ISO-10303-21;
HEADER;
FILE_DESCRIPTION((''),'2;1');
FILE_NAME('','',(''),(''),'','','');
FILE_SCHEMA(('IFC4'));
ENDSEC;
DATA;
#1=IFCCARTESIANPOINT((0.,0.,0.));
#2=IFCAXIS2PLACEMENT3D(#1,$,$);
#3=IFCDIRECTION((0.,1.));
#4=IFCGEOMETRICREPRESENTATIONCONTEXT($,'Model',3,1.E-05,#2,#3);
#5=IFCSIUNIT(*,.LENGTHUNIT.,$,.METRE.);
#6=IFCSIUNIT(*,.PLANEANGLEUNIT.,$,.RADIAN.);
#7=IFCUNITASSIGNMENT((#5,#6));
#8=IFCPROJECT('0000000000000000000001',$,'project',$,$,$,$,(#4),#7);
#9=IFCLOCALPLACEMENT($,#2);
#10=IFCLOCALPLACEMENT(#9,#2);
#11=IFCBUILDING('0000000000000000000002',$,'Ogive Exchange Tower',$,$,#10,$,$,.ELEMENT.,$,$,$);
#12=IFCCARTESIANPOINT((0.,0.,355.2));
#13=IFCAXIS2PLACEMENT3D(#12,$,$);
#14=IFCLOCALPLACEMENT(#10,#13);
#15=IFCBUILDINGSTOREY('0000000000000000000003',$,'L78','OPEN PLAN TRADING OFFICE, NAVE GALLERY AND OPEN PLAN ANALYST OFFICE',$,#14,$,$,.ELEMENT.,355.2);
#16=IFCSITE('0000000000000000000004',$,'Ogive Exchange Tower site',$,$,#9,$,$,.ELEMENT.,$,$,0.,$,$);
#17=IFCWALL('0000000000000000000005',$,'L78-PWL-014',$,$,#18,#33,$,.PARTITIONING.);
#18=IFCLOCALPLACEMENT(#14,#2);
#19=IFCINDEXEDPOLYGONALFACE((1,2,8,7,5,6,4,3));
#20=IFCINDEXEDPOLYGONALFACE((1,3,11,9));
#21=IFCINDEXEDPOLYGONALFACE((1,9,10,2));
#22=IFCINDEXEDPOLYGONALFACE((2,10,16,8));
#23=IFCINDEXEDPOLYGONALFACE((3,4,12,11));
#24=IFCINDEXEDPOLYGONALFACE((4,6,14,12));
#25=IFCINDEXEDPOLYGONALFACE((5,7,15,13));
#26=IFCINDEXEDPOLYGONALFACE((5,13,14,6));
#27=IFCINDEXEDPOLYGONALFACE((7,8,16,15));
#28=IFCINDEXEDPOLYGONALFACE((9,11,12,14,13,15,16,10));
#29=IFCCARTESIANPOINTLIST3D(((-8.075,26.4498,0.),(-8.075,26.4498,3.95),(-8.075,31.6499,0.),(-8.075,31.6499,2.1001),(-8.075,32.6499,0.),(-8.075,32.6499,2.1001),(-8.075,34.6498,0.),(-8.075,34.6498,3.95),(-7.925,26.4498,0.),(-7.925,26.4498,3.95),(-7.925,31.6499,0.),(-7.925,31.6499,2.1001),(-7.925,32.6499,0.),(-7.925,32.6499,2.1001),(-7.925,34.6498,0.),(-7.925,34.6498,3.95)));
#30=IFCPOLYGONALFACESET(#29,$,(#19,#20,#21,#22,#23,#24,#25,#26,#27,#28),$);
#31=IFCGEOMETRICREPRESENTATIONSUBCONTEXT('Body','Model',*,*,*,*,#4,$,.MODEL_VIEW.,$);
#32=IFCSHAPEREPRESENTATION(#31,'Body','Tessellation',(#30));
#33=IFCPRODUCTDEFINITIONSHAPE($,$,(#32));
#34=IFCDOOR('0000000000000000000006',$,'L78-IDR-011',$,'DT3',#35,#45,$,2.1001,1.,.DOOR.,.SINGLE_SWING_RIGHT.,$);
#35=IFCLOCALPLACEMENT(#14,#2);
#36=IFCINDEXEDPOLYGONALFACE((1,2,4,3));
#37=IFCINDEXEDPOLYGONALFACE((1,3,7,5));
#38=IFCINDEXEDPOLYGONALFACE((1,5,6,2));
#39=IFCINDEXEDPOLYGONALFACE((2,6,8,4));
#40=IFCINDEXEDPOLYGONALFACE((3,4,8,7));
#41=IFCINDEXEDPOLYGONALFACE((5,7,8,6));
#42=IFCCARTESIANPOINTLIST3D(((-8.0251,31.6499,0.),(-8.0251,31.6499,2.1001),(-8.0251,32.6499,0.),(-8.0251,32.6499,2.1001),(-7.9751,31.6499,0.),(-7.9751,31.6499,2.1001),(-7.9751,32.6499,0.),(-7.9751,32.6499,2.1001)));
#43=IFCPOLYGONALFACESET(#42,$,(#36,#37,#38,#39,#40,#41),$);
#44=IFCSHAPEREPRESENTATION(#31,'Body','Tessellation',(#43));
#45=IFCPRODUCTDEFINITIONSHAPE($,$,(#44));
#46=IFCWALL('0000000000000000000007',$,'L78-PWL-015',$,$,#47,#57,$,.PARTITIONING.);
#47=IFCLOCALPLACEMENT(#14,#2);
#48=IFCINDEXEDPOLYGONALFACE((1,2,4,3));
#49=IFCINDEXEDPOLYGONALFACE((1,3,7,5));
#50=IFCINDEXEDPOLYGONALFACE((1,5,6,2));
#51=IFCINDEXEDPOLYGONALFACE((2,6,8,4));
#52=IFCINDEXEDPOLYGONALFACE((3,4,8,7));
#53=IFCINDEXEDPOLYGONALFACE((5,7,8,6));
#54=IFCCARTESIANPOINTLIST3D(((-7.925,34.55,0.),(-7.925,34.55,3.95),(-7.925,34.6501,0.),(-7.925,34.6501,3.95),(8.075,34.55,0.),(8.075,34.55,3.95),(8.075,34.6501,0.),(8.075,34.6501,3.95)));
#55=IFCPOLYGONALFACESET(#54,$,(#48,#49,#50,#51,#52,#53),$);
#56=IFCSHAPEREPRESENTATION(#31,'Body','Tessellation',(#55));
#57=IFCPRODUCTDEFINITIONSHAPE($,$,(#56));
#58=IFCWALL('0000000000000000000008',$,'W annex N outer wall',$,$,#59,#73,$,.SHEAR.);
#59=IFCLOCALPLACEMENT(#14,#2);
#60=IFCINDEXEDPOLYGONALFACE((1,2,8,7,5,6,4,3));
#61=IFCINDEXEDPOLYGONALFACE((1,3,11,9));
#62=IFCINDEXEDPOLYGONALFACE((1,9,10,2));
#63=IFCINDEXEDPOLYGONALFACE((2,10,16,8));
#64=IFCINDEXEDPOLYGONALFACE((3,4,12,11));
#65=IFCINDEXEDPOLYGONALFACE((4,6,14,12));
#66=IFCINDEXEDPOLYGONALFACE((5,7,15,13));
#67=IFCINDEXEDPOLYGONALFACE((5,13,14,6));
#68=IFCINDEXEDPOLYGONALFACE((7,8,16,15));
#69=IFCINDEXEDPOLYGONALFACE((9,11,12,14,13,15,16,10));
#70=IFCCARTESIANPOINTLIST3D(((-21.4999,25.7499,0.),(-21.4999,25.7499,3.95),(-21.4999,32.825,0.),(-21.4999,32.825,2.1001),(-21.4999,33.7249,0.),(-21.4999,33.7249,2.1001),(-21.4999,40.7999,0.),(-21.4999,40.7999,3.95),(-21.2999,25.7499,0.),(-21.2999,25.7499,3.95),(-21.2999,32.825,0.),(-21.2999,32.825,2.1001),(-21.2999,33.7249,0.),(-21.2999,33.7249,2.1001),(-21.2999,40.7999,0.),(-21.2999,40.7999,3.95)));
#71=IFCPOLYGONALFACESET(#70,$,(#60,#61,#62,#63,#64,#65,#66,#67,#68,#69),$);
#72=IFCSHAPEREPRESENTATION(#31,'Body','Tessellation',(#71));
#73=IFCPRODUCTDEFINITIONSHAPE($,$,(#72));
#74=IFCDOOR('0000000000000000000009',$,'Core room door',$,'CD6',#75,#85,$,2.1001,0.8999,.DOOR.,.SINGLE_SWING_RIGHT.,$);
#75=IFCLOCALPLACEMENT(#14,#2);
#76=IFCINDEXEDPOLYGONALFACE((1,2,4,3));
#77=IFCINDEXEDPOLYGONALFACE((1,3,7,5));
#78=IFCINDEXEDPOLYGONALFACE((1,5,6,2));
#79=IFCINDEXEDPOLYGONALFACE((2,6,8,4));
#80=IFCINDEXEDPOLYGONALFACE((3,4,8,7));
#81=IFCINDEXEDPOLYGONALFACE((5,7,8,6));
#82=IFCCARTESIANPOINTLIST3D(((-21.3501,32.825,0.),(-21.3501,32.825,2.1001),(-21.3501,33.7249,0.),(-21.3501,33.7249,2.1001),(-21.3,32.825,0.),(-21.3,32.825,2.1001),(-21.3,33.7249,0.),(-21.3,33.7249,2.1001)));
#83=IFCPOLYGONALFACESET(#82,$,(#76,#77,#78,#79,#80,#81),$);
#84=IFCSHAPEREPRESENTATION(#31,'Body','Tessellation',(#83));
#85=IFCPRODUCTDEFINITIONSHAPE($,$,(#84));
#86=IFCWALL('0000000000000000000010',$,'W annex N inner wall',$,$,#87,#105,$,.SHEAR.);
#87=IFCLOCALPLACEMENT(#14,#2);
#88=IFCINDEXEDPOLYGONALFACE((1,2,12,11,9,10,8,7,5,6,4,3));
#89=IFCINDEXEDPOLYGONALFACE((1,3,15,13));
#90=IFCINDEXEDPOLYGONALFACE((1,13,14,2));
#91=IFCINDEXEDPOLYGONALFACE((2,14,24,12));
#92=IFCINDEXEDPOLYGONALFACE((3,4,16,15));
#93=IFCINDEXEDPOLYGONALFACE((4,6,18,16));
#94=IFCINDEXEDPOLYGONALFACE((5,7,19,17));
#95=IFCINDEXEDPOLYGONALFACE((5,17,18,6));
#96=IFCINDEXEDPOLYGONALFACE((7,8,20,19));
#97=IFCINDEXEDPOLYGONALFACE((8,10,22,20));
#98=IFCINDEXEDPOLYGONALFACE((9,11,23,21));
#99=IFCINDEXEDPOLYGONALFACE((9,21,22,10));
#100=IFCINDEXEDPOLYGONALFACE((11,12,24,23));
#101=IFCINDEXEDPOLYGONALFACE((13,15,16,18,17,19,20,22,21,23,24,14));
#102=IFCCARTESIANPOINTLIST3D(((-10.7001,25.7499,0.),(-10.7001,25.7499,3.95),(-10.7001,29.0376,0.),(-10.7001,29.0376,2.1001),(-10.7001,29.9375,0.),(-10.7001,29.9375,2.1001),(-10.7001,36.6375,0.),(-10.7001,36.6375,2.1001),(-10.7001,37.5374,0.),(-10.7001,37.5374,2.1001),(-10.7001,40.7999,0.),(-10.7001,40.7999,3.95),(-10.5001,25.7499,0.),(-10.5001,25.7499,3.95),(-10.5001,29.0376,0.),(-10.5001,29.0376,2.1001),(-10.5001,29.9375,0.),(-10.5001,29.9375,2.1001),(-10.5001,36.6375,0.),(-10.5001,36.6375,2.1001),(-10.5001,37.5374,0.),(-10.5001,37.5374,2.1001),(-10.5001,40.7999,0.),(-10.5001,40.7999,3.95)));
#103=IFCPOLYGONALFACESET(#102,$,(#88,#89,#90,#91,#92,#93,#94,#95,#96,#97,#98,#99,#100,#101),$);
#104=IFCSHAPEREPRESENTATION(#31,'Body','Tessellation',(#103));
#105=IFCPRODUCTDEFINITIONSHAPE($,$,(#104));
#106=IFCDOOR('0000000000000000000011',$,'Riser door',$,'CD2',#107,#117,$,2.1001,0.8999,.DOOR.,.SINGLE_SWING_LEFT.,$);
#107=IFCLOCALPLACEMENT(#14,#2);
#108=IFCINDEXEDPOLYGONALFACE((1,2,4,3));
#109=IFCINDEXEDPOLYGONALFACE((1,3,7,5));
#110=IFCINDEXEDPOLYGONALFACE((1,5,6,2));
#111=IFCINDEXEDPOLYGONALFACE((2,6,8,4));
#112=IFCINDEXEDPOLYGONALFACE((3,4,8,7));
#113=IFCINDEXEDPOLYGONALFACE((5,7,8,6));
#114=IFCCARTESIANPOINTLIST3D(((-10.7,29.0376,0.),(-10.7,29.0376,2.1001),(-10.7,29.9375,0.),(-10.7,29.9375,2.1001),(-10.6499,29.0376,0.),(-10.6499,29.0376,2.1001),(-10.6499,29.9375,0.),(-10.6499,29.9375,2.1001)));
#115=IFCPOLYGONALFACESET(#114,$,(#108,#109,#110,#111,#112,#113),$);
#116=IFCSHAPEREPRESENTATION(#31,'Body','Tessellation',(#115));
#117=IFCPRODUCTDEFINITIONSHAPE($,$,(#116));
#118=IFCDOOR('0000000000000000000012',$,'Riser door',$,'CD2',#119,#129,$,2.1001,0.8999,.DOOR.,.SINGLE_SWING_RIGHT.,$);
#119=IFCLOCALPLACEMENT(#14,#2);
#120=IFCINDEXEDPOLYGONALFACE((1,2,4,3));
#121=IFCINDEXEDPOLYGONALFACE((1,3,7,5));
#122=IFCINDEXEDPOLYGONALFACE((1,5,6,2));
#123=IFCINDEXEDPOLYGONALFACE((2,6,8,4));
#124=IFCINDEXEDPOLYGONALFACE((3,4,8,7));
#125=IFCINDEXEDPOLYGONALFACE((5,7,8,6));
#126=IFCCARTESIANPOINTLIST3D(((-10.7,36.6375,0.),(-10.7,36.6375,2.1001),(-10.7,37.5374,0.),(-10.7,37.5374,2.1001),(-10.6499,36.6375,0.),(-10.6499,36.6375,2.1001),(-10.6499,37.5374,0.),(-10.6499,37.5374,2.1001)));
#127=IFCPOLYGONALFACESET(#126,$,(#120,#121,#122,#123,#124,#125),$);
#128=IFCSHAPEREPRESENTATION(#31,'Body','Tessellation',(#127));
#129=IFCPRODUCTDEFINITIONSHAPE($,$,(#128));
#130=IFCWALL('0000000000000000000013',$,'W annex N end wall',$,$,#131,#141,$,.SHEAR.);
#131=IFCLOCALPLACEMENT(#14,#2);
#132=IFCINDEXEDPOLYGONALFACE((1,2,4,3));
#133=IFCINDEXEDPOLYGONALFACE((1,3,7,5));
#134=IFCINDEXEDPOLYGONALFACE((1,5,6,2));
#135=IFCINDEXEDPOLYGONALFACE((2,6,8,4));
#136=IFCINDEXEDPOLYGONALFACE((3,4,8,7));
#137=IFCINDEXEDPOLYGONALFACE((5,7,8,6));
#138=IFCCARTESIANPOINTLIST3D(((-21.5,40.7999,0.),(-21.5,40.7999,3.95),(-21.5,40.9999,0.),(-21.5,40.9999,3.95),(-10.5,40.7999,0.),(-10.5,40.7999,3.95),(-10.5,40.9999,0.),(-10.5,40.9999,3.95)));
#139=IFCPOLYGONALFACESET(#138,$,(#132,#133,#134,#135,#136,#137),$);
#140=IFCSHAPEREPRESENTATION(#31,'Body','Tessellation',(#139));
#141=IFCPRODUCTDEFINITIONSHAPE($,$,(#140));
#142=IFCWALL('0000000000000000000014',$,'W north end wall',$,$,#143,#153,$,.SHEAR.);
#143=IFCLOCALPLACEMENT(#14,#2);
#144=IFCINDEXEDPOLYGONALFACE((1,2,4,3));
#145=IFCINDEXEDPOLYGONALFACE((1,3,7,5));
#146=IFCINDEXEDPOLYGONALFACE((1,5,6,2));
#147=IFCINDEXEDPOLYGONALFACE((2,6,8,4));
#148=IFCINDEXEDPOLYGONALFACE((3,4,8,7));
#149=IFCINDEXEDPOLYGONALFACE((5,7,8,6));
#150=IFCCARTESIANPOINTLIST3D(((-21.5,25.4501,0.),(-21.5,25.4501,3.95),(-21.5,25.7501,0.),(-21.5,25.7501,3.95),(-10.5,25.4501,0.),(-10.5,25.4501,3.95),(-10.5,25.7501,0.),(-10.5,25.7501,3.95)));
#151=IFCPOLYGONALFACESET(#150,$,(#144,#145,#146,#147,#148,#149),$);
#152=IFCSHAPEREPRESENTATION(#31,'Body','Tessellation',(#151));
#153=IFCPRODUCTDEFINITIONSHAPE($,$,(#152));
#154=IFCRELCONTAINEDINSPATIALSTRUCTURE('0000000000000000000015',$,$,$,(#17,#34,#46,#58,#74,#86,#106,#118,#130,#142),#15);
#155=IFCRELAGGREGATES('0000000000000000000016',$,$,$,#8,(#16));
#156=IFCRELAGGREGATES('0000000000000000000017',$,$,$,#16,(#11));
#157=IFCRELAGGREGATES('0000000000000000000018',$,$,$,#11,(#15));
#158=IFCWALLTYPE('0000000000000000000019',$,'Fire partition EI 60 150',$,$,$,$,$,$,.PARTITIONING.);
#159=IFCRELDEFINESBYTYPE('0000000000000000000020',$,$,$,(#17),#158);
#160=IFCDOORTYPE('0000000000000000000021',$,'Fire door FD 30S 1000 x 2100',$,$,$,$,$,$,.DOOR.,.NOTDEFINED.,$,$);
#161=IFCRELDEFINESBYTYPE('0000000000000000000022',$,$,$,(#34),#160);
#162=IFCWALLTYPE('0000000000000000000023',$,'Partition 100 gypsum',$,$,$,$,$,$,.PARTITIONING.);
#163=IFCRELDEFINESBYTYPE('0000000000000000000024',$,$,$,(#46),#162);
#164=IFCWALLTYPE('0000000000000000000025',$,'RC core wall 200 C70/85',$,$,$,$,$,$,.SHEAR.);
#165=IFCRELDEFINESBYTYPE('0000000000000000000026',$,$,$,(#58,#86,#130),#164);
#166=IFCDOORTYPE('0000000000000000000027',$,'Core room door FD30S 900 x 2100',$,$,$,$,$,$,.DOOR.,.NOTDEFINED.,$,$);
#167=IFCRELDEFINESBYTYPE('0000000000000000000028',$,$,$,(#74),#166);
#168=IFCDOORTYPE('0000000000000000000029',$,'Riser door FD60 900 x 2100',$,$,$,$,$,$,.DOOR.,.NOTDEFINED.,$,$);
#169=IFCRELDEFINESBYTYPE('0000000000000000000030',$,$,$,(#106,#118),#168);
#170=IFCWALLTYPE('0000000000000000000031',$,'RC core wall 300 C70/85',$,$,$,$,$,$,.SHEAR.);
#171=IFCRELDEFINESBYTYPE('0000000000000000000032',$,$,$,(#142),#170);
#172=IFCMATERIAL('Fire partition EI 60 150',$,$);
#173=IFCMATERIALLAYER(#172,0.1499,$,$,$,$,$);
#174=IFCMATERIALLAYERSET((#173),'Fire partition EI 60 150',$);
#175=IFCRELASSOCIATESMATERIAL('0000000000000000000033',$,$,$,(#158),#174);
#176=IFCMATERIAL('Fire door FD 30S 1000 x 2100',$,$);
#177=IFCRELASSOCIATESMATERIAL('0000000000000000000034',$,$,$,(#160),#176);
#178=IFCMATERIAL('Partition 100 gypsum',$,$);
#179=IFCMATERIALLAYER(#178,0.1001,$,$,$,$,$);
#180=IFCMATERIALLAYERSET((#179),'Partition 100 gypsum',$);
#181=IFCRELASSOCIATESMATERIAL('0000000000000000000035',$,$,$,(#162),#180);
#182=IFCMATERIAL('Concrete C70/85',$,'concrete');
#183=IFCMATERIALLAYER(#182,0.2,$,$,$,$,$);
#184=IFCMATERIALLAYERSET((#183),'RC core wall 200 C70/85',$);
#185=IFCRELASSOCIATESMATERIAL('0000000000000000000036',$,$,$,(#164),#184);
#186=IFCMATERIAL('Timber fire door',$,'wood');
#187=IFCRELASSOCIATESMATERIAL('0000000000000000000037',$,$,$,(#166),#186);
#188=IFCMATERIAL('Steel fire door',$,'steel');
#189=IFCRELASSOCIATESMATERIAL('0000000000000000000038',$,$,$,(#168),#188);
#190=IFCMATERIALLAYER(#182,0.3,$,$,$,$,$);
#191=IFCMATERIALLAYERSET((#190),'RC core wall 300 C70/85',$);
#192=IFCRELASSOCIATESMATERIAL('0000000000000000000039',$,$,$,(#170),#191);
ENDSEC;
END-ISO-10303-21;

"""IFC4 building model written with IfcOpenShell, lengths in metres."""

from ifc_helpers import new_model, si_unit, direction, frame, frame_2d, origin, place, context, subcontext, project, spatial, rectangle, extrude, material, layer, layer_set, type_object, element, fill, save


model = new_model("IFC4")

# Units and contexts
model_context = context("Model", 3, precision=1e-05, world=origin(), true_north=direction((0.0, 1.0)))
body_context = subcontext(model_context, "Body", "Model", "MODEL_VIEW")
ifc_project = project(units=[si_unit("LENGTHUNIT", "METRE"), si_unit("PLANEANGLEUNIT", "RADIAN")], contexts=[model_context])

# Site, building, storey
site_placement = place(None, origin())
site = spatial("IfcSite", under=ifc_project, at=site_placement, Name="Ogive Exchange Tower site", CompositionType="ELEMENT", RefElevation=0.0)
building_placement = place(site_placement, origin())
building = spatial("IfcBuilding", under=site, at=building_placement, Name="Ogive Exchange Tower", CompositionType="ELEMENT")
storey_placement = place(building_placement, frame((0.0, 0.0, 355.2)))
storey = spatial("IfcBuildingStorey", under=building, at=storey_placement, Name="L78", Description="OPEN PLAN TRADING OFFICE, NAVE GALLERY AND OPEN PLAN ANALYST OFFICE", CompositionType="ELEMENT", Elevation=355.2)

# Shared definitions
ifc_material_1 = material(Name="Fire partition EI 60 150")
ifc_layer_1 = layer(ifc_material_1, 0.1499)
ifc_layer_set_1 = layer_set([ifc_layer_1], Name="Fire partition EI 60 150")
wall_type_1 = type_object("IfcWallType", Name="Fire partition EI 60 150", PredefinedType="PARTITIONING", material=ifc_layer_set_1)

# Wall, opening, door
wall_1_placement = place(storey_placement, frame((-8.0, 34.6499, 0.0), z_axis=(0.0, 0.0, 1.0), x_axis=(0.0, -1.0, 0.0)))
wall_1 = element("IfcWall", 1, at=wall_1_placement, inside=storey, type_object=wall_type_1, Name="L78-PWL-014", PredefinedType="PARTITIONING", context=body_context, shape_type="SweptSolid", body=[
    extrude(rectangle(XDim=8.2, YDim=0.1499, at=frame_2d((4.1001, 0.0))), origin(), (0.0, 0.0, 1.0), 3.95),
])
opening_1_placement = place(wall_1_placement, frame((2.0, 0.0, 0.0)))
opening_1 = element("IfcOpeningElement", 2, at=opening_1_placement, cuts=wall_1, PredefinedType="OPENING", context=body_context, shape_type="SweptSolid", body=[
    extrude(rectangle(XDim=1.0, YDim=2.1001, at=frame_2d((0.5, 1.05))), frame((0.0, 0.085, 0.0), z_axis=(0.0, -1.0, 0.0), x_axis=(1.0, 0.0, 0.0)), (0.0, 0.0, 1.0), 0.1699),
])
ifc_material_2 = material(Name="Fire door FD 30S 1000 x 2100")
door_type_1 = type_object("IfcDoorType", Name="Fire door FD 30S 1000 x 2100", OperationType="NOTDEFINED", PredefinedType="DOOR", material=ifc_material_2)
door_1_placement = place(opening_1_placement, origin())
door_1 = element("IfcDoor", 3, at=door_1_placement, inside=storey, type_object=door_type_1, Name="L78-IDR-011", ObjectType="DT3", OperationType="SINGLE_SWING_RIGHT", OverallHeight=2.1001, OverallWidth=1.0, PredefinedType="DOOR", context=body_context, shape_type="SweptSolid", body=[
    extrude(rectangle(XDim=1.0, YDim=2.1001, at=frame_2d((0.5, 1.05))), frame((0.0, 0.0249, 0.0), z_axis=(0.0, -1.0, 0.0), x_axis=(1.0, 0.0, 0.0)), (0.0, 0.0, 1.0), 0.05),
])
fill(opening_1, door_1)

# Wall
ifc_material_3 = material(Name="Partition 100 gypsum")
ifc_layer_2 = layer(ifc_material_3, 0.1001)
ifc_layer_set_2 = layer_set([ifc_layer_2], Name="Partition 100 gypsum")
wall_type_2 = type_object("IfcWallType", Name="Partition 100 gypsum", PredefinedType="PARTITIONING", material=ifc_layer_set_2)
wall_2_placement = place(storey_placement, frame((-7.925, 34.6001, 0.0), z_axis=(0.0, 0.0, 1.0), x_axis=(1.0, 0.0, 0.0)))
element("IfcWall", 4, at=wall_2_placement, inside=storey, type_object=wall_type_2, Name="L78-PWL-015", PredefinedType="PARTITIONING", context=body_context, shape_type="SweptSolid", body=[
    extrude(rectangle(XDim=16.0, YDim=0.1001, at=frame_2d((8.0, 0.0))), origin(), (0.0, 0.0, 1.0), 3.95),
])

# Wall, opening, door
ifc_material_4 = material(Name="Concrete C70/85", Category="concrete")
ifc_layer_3 = layer(ifc_material_4, 0.2)
ifc_layer_set_3 = layer_set([ifc_layer_3], Name="RC core wall 200 C70/85")
wall_type_3 = type_object("IfcWallType", Name="RC core wall 200 C70/85", PredefinedType="SHEAR", material=ifc_layer_set_3)
wall_3_placement = place(storey_placement, frame((-21.3999, 25.75, 0.0), z_axis=(0.0, 0.0, 1.0), x_axis=(0.0, 1.0, 0.0)))
wall_3 = element("IfcWall", 5, at=wall_3_placement, inside=storey, type_object=wall_type_3, Name="W annex N outer wall", PredefinedType="SHEAR", context=body_context, shape_type="SweptSolid", body=[
    extrude(rectangle(XDim=15.05, YDim=0.2, at=frame_2d((7.5249, 0.0))), origin(), (0.0, 0.0, 1.0), 3.95),
])
opening_2_placement = place(wall_3_placement, frame((7.075, 0.0, 0.0)))
opening_2 = element("IfcOpeningElement", 6, at=opening_2_placement, cuts=wall_3, PredefinedType="OPENING", context=body_context, shape_type="SweptSolid", body=[
    extrude(rectangle(XDim=0.8999, YDim=2.1001, at=frame_2d((0.45, 1.05))), frame((0.0, 0.1099, 0.0), z_axis=(0.0, -1.0, 0.0), x_axis=(1.0, 0.0, 0.0)), (0.0, 0.0, 1.0), 0.22),
])
ifc_material_5 = material(Name="Timber fire door", Category="wood")
door_type_2 = type_object("IfcDoorType", Name="Core room door FD30S 900 x 2100", OperationType="NOTDEFINED", PredefinedType="DOOR", material=ifc_material_5)
door_2_placement = place(opening_2_placement, origin())
door_2 = element("IfcDoor", 7, at=door_2_placement, inside=storey, type_object=door_type_2, Name="Core room door", ObjectType="CD6", OperationType="SINGLE_SWING_RIGHT", OverallHeight=2.1001, OverallWidth=0.8999, PredefinedType="DOOR", context=body_context, shape_type="SweptSolid", body=[
    extrude(rectangle(XDim=0.8999, YDim=2.1001, at=frame_2d((0.45, 1.05))), frame((0.0, -0.0498, 0.0), z_axis=(0.0, -1.0, 0.0), x_axis=(1.0, 0.0, 0.0)), (0.0, 0.0, 1.0), 0.05),
])
fill(opening_2, door_2)

# Wall, openings, doors
wall_4_placement = place(storey_placement, frame((-10.6001, 25.75, 0.0), z_axis=(0.0, 0.0, 1.0), x_axis=(0.0, 1.0, 0.0)))
wall_4 = element("IfcWall", 8, at=wall_4_placement, inside=storey, type_object=wall_type_3, Name="W annex N inner wall", PredefinedType="SHEAR", context=body_context, shape_type="SweptSolid", body=[
    extrude(rectangle(XDim=15.05, YDim=0.2, at=frame_2d((7.5249, 0.0))), origin(), (0.0, 0.0, 1.0), 3.95),
])
opening_3_placement = place(wall_4_placement, frame((3.2876, 0.0, 0.0)))
opening_3 = element("IfcOpeningElement", 9, at=opening_3_placement, cuts=wall_4, PredefinedType="OPENING", context=body_context, shape_type="SweptSolid", body=[
    extrude(rectangle(XDim=0.8999, YDim=2.1001, at=frame_2d((0.45, 1.05))), frame((0.0, 0.1099, 0.0), z_axis=(0.0, -1.0, 0.0), x_axis=(1.0, 0.0, 0.0)), (0.0, 0.0, 1.0), 0.22),
])
opening_4_placement = place(wall_4_placement, frame((10.8875, 0.0, 0.0)))
opening_4 = element("IfcOpeningElement", 10, at=opening_4_placement, cuts=wall_4, PredefinedType="OPENING", context=body_context, shape_type="SweptSolid", body=[
    extrude(rectangle(XDim=0.8999, YDim=2.1001, at=frame_2d((0.45, 1.05))), frame((0.0, 0.1099, 0.0), z_axis=(0.0, -1.0, 0.0), x_axis=(1.0, 0.0, 0.0)), (0.0, 0.0, 1.0), 0.22),
])
ifc_material_6 = material(Name="Steel fire door", Category="steel")
door_type_3 = type_object("IfcDoorType", Name="Riser door FD60 900 x 2100", OperationType="NOTDEFINED", PredefinedType="DOOR", material=ifc_material_6)
door_3_placement = place(opening_3_placement, frame((0.8999, 0.1499, 0.0), z_axis=(0.0, 0.0, 1.0), x_axis=(-1.0, 0.0, 0.0)))
door_3 = element("IfcDoor", 11, at=door_3_placement, inside=storey, type_object=door_type_3, Name="Riser door", ObjectType="CD2", OperationType="SINGLE_SWING_LEFT", OverallHeight=2.1001, OverallWidth=0.8999, PredefinedType="DOOR", context=body_context, shape_type="SweptSolid", body=[
    extrude(rectangle(XDim=0.8999, YDim=2.1001, at=frame_2d((0.45, 1.05))), frame((0.0, 0.1001, 0.0), z_axis=(0.0, -1.0, 0.0), x_axis=(1.0, 0.0, 0.0)), (0.0, 0.0, 1.0), 0.05),
])
fill(opening_3, door_3)
door_4_placement = place(opening_4_placement, frame((0.8999, 0.1499, 0.0), z_axis=(0.0, 0.0, 1.0), x_axis=(-1.0, 0.0, 0.0)))
door_4 = element("IfcDoor", 12, at=door_4_placement, inside=storey, type_object=door_type_3, Name="Riser door", ObjectType="CD2", OperationType="SINGLE_SWING_RIGHT", OverallHeight=2.1001, OverallWidth=0.8999, PredefinedType="DOOR", context=body_context, shape_type="SweptSolid", body=[
    extrude(rectangle(XDim=0.8999, YDim=2.1001, at=frame_2d((0.45, 1.05))), frame((0.0, 0.1001, 0.0), z_axis=(0.0, -1.0, 0.0), x_axis=(1.0, 0.0, 0.0)), (0.0, 0.0, 1.0), 0.05),
])
fill(opening_4, door_4)

# Walls
wall_5_placement = place(storey_placement, frame((-21.5, 40.8999, 0.0), z_axis=(0.0, 0.0, 1.0), x_axis=(1.0, 0.0, 0.0)))
element("IfcWall", 13, at=wall_5_placement, inside=storey, type_object=wall_type_3, Name="W annex N end wall", PredefinedType="SHEAR", context=body_context, shape_type="SweptSolid", body=[
    extrude(rectangle(XDim=11.0, YDim=0.2, at=frame_2d((5.5, 0.0))), origin(), (0.0, 0.0, 1.0), 3.95),
])
ifc_layer_4 = layer(ifc_material_4, 0.3)
ifc_layer_set_4 = layer_set([ifc_layer_4], Name="RC core wall 300 C70/85")
wall_type_4 = type_object("IfcWallType", Name="RC core wall 300 C70/85", PredefinedType="SHEAR", material=ifc_layer_set_4)
wall_6_placement = place(storey_placement, frame((-21.5, 25.6001, 0.0), z_axis=(0.0, 0.0, 1.0), x_axis=(1.0, 0.0, 0.0)))
element("IfcWall", 14, at=wall_6_placement, inside=storey, type_object=wall_type_4, Name="W north end wall", PredefinedType="SHEAR", context=body_context, shape_type="SweptSolid", body=[
    extrude(rectangle(XDim=11.0, YDim=0.3, at=frame_2d((5.5, 0.0))), origin(), (0.0, 0.0, 1.0), 3.95),
])

save(model, "model.ifc")
